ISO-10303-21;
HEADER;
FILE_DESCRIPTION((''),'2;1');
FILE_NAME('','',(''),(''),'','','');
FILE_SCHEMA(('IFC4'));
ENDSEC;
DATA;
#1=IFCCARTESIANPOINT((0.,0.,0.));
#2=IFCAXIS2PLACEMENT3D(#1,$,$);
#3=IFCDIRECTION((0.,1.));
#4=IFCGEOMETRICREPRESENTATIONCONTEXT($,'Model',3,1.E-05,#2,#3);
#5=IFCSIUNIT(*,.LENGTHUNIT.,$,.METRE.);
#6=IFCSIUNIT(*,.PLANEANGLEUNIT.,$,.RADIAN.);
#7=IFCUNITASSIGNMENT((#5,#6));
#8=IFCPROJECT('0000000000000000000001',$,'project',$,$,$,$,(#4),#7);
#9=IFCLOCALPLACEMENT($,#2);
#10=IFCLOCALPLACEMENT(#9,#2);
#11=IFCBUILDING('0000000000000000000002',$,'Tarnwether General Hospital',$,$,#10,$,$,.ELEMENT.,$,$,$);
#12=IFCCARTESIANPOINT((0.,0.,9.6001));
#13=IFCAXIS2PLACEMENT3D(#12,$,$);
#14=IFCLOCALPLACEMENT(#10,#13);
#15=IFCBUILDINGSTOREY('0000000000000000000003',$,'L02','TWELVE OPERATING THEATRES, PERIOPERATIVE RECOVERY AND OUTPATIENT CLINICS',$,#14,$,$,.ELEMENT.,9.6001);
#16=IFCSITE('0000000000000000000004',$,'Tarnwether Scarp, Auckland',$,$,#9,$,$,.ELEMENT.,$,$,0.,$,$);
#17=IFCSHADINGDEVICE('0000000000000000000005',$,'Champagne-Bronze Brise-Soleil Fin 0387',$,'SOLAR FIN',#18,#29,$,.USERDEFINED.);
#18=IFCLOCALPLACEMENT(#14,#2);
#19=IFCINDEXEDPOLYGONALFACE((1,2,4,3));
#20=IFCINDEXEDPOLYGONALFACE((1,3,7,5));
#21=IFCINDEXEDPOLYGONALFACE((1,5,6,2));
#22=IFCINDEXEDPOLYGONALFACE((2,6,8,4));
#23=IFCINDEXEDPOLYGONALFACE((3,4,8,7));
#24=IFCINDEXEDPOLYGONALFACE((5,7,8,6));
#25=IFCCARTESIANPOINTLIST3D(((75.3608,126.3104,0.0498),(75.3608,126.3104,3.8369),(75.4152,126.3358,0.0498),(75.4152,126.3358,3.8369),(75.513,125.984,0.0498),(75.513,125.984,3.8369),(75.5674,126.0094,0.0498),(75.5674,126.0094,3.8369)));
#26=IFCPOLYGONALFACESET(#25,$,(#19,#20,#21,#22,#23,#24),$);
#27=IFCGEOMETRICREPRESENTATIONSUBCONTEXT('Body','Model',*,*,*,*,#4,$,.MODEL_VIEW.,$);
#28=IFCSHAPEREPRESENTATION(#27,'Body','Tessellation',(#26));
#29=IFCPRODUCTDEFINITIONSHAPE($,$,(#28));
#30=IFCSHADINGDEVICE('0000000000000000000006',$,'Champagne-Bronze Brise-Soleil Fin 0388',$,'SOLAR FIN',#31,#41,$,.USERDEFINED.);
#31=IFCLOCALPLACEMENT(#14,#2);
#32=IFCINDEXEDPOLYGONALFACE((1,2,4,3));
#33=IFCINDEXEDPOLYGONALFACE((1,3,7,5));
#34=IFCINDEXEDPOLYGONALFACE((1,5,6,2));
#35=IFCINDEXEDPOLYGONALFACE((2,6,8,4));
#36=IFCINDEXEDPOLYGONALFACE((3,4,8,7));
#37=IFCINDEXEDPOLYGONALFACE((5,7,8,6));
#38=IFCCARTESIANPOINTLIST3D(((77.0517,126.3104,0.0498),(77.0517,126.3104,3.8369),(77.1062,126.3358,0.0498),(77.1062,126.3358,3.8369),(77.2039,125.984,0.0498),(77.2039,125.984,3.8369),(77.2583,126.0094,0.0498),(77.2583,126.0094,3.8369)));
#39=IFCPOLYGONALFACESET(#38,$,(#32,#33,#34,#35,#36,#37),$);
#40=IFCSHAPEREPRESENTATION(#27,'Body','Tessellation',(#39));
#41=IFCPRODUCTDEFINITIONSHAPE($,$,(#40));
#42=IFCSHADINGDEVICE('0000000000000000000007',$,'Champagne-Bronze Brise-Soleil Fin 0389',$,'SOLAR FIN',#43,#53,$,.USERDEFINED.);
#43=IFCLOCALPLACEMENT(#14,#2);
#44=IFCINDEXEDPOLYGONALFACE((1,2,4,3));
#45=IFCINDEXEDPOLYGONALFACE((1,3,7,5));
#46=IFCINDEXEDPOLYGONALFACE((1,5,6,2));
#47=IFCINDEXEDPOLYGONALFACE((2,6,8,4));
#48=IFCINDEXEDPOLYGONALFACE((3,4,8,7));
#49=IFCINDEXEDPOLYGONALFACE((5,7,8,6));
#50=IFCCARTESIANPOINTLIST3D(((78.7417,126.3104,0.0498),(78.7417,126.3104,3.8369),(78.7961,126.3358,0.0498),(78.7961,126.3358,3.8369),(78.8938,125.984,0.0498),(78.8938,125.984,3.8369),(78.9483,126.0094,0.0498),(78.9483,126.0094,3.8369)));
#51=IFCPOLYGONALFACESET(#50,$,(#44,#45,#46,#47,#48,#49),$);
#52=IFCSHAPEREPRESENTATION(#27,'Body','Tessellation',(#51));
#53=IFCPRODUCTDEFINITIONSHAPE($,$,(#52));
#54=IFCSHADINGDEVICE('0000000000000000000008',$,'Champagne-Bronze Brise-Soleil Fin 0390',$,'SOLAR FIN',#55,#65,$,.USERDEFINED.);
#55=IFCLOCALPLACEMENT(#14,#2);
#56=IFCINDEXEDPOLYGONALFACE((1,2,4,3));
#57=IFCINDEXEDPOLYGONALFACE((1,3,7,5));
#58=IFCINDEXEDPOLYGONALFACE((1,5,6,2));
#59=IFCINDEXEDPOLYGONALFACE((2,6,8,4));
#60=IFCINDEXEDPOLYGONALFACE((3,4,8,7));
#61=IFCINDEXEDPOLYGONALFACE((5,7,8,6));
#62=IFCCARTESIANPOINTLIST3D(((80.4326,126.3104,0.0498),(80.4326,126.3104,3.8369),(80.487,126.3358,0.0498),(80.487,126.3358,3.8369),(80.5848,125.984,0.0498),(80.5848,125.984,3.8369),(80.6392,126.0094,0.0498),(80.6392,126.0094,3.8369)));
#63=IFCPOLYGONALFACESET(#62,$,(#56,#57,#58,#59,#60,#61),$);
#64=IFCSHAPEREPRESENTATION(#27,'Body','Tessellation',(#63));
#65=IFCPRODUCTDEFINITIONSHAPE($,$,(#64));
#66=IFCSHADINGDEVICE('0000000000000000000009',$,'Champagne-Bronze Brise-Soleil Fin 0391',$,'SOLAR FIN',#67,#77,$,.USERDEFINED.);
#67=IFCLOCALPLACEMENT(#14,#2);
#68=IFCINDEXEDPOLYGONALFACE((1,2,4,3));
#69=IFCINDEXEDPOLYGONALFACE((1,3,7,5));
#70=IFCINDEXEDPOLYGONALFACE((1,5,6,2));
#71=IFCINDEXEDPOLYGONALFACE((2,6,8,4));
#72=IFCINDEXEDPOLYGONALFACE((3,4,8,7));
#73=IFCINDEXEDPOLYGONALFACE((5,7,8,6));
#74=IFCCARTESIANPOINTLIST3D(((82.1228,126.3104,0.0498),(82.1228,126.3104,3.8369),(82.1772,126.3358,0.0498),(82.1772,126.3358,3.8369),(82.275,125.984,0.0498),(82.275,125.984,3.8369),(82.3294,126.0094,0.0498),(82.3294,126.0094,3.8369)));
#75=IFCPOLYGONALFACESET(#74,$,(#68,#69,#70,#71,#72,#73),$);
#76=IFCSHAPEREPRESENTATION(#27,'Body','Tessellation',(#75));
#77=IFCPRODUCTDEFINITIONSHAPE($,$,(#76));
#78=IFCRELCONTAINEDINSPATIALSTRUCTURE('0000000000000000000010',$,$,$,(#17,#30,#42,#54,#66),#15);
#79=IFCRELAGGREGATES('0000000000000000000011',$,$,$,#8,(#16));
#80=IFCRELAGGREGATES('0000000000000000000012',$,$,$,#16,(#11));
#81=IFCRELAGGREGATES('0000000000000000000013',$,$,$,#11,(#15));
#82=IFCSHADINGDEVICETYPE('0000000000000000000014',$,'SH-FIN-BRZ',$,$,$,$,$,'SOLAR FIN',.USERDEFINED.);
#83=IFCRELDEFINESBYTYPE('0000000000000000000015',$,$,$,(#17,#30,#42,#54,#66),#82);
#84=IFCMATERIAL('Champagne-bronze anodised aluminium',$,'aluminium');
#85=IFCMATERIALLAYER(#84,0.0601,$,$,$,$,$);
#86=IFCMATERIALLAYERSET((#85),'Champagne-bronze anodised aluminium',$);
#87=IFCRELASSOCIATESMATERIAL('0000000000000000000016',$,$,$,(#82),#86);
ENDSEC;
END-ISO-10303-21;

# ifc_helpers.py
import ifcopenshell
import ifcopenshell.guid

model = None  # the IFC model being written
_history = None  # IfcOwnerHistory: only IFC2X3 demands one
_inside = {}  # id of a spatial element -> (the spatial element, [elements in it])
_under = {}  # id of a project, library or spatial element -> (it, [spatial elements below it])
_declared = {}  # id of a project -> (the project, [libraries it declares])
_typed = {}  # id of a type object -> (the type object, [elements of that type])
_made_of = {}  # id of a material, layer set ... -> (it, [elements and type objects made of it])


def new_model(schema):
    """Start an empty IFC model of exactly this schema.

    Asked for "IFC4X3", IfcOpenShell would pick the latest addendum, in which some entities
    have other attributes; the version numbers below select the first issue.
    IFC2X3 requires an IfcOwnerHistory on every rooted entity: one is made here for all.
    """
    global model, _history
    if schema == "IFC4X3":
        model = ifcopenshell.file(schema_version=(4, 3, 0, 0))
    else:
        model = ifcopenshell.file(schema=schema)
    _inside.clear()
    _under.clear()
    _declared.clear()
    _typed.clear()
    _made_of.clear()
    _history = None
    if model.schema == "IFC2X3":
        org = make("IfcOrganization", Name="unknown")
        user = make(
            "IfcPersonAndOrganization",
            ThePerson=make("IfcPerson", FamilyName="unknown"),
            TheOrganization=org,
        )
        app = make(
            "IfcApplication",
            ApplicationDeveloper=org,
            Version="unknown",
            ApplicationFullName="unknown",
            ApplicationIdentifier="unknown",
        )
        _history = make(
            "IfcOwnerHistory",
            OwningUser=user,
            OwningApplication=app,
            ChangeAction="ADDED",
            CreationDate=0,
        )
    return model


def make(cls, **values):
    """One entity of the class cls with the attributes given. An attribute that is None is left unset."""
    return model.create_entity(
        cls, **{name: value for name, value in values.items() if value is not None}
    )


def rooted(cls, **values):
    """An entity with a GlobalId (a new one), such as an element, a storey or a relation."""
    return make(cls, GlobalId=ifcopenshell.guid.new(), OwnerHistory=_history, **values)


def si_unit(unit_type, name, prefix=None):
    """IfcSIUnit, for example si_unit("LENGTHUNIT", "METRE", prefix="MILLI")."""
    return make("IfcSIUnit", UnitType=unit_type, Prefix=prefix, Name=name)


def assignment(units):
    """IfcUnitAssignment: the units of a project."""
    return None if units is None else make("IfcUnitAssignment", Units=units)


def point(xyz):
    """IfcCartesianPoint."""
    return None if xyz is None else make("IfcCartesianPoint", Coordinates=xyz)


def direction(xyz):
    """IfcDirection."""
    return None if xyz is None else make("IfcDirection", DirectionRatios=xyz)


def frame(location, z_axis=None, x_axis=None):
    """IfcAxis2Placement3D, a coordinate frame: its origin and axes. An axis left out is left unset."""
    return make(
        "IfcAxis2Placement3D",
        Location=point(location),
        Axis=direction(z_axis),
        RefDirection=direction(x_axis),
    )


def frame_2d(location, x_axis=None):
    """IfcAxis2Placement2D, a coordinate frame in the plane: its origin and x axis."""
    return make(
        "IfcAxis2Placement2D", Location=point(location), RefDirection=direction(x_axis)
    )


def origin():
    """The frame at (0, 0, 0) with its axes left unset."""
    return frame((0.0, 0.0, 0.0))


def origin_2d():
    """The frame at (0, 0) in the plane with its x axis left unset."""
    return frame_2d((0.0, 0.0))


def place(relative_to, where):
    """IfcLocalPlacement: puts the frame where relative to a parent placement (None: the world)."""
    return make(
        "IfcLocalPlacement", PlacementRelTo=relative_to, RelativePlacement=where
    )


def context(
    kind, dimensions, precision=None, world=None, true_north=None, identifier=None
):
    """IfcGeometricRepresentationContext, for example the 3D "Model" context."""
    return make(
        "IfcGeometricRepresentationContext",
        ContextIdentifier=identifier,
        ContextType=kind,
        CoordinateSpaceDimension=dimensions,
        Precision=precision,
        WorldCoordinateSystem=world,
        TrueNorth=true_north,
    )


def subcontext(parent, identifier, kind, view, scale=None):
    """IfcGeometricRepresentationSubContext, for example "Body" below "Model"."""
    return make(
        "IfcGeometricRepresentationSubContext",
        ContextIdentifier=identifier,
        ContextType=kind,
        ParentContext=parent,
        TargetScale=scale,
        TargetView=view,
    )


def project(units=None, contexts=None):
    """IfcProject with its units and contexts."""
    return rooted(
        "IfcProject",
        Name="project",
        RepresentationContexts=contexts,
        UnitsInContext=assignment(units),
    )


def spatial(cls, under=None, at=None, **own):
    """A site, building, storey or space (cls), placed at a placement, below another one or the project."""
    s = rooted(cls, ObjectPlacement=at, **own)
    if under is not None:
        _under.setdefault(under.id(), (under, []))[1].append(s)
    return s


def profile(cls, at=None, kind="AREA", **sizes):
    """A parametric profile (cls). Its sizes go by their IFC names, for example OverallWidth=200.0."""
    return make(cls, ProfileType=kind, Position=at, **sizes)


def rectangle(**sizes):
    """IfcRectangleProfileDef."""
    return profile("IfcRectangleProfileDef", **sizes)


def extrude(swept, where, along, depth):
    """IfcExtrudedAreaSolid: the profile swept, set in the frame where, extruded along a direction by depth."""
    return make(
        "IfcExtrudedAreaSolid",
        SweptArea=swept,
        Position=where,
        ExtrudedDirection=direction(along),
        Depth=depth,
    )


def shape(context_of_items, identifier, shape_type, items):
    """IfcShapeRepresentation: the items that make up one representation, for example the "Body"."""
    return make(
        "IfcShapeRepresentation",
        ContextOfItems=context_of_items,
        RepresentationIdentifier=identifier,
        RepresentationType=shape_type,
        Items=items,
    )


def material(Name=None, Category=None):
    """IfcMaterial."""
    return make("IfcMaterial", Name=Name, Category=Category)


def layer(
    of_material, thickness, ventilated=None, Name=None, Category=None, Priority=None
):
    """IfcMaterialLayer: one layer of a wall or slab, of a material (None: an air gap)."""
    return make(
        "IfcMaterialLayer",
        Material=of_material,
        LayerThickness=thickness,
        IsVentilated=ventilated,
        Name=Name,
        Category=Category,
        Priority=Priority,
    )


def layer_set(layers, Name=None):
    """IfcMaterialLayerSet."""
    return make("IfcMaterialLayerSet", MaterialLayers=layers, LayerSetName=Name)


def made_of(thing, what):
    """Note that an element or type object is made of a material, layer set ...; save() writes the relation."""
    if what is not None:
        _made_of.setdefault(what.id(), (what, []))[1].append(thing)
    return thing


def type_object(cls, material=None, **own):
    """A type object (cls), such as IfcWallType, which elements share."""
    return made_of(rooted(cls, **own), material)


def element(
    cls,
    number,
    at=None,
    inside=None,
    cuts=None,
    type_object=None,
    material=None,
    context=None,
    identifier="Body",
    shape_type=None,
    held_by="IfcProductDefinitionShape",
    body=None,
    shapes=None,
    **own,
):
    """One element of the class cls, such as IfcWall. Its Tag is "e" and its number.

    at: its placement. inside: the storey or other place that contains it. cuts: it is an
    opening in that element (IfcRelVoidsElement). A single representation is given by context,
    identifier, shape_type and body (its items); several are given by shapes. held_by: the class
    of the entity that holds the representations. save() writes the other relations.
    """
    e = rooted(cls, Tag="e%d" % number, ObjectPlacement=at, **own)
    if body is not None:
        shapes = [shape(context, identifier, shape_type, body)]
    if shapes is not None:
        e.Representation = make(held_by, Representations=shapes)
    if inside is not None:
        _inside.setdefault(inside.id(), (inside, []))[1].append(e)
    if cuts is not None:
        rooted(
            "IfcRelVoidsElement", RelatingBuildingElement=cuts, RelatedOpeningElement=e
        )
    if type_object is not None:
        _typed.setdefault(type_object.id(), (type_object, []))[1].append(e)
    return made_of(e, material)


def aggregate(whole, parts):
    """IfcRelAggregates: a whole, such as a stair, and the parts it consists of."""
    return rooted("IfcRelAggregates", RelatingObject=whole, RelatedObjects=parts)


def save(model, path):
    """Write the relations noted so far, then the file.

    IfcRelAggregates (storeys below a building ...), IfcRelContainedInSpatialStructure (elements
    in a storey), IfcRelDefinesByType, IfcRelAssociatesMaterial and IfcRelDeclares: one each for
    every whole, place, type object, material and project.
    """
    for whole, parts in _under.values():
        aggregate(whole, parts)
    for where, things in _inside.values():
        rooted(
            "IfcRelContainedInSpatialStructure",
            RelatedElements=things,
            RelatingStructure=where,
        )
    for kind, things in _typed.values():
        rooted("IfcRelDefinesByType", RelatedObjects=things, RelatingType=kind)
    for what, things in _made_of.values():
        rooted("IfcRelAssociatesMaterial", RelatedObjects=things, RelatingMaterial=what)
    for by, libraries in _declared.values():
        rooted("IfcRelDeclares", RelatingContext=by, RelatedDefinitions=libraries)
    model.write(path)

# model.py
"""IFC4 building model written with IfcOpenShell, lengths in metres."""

from ifc_helpers import new_model, si_unit, direction, frame, origin, origin_2d, place, context, subcontext, project, spatial, rectangle, extrude, material, layer, layer_set, type_object, element, save


model = new_model("IFC4")

# Units and contexts
model_context = context("Model", 3, precision=1e-05, world=origin(), true_north=direction((0.0, 1.0)))
body_context = subcontext(model_context, "Body", "Model", "MODEL_VIEW")
ifc_project = project(units=[si_unit("LENGTHUNIT", "METRE"), si_unit("PLANEANGLEUNIT", "RADIAN")], contexts=[model_context])

# Site, building, storey
site_placement = place(None, origin())
site = spatial("IfcSite", under=ifc_project, at=site_placement, Name="Tarnwether Scarp, Auckland", CompositionType="ELEMENT", RefElevation=0.0)
building_placement = place(site_placement, origin())
building = spatial("IfcBuilding", under=site, at=building_placement, Name="Tarnwether General Hospital", CompositionType="ELEMENT")
storey_placement = place(building_placement, frame((0.0, 0.0, 9.6001)))
storey = spatial("IfcBuildingStorey", under=building, at=storey_placement, Name="L02", Description="TWELVE OPERATING THEATRES, PERIOPERATIVE RECOVERY AND OUTPATIENT CLINICS", CompositionType="ELEMENT", Elevation=9.6001)

# Shading devices
ifc_material_1 = material(Name="Champagne-bronze anodised aluminium", Category="aluminium")
ifc_layer_1 = layer(ifc_material_1, 0.0601)
ifc_layer_set_1 = layer_set([ifc_layer_1], Name="Champagne-bronze anodised aluminium")
shading_device_type = type_object("IfcShadingDeviceType", Name="SH-FIN-BRZ", ElementType="SOLAR FIN", PredefinedType="USERDEFINED", material=ifc_layer_set_1)
for number, where, z_axis, x_axis, name in (
    (1, (75.4641, 126.1599, 0.0498), (0.0, 0.0, 1.0), (0.906308, 0.422618, 0.0), "Champagne-Bronze Brise-Soleil Fin 0387"),
    (2, (77.155, 126.1599, 0.0498), (0.0, 0.0, 1.0), (0.906308, 0.422618, 0.0), "Champagne-Bronze Brise-Soleil Fin 0388"),
    (3, (78.845, 126.1599, 0.0498), (0.0, 0.0, 1.0), (0.906308, 0.422618, 0.0), "Champagne-Bronze Brise-Soleil Fin 0389"),
    (4, (80.5359, 126.1599, 0.0498), (0.0, 0.0, 1.0), (0.906308, 0.422618, 0.0), "Champagne-Bronze Brise-Soleil Fin 0390"),
    (5, (82.2261, 126.1599, 0.0498), (0.0, 0.0, 1.0), (0.906308, 0.422618, 0.0), "Champagne-Bronze Brise-Soleil Fin 0391"),
):
    element("IfcShadingDevice", number, at=place(storey_placement, frame(where, z_axis=z_axis, x_axis=x_axis)), inside=storey, type_object=shading_device_type, Name=name, ObjectType="SOLAR FIN", PredefinedType="USERDEFINED", context=body_context, shape_type="SweptSolid", body=[
        extrude(rectangle(XDim=0.0601, YDim=0.3601, at=origin_2d()), origin(), (0.0, 0.0, 1.0), 3.7871),
    ])

save(model, "model.ifc")
